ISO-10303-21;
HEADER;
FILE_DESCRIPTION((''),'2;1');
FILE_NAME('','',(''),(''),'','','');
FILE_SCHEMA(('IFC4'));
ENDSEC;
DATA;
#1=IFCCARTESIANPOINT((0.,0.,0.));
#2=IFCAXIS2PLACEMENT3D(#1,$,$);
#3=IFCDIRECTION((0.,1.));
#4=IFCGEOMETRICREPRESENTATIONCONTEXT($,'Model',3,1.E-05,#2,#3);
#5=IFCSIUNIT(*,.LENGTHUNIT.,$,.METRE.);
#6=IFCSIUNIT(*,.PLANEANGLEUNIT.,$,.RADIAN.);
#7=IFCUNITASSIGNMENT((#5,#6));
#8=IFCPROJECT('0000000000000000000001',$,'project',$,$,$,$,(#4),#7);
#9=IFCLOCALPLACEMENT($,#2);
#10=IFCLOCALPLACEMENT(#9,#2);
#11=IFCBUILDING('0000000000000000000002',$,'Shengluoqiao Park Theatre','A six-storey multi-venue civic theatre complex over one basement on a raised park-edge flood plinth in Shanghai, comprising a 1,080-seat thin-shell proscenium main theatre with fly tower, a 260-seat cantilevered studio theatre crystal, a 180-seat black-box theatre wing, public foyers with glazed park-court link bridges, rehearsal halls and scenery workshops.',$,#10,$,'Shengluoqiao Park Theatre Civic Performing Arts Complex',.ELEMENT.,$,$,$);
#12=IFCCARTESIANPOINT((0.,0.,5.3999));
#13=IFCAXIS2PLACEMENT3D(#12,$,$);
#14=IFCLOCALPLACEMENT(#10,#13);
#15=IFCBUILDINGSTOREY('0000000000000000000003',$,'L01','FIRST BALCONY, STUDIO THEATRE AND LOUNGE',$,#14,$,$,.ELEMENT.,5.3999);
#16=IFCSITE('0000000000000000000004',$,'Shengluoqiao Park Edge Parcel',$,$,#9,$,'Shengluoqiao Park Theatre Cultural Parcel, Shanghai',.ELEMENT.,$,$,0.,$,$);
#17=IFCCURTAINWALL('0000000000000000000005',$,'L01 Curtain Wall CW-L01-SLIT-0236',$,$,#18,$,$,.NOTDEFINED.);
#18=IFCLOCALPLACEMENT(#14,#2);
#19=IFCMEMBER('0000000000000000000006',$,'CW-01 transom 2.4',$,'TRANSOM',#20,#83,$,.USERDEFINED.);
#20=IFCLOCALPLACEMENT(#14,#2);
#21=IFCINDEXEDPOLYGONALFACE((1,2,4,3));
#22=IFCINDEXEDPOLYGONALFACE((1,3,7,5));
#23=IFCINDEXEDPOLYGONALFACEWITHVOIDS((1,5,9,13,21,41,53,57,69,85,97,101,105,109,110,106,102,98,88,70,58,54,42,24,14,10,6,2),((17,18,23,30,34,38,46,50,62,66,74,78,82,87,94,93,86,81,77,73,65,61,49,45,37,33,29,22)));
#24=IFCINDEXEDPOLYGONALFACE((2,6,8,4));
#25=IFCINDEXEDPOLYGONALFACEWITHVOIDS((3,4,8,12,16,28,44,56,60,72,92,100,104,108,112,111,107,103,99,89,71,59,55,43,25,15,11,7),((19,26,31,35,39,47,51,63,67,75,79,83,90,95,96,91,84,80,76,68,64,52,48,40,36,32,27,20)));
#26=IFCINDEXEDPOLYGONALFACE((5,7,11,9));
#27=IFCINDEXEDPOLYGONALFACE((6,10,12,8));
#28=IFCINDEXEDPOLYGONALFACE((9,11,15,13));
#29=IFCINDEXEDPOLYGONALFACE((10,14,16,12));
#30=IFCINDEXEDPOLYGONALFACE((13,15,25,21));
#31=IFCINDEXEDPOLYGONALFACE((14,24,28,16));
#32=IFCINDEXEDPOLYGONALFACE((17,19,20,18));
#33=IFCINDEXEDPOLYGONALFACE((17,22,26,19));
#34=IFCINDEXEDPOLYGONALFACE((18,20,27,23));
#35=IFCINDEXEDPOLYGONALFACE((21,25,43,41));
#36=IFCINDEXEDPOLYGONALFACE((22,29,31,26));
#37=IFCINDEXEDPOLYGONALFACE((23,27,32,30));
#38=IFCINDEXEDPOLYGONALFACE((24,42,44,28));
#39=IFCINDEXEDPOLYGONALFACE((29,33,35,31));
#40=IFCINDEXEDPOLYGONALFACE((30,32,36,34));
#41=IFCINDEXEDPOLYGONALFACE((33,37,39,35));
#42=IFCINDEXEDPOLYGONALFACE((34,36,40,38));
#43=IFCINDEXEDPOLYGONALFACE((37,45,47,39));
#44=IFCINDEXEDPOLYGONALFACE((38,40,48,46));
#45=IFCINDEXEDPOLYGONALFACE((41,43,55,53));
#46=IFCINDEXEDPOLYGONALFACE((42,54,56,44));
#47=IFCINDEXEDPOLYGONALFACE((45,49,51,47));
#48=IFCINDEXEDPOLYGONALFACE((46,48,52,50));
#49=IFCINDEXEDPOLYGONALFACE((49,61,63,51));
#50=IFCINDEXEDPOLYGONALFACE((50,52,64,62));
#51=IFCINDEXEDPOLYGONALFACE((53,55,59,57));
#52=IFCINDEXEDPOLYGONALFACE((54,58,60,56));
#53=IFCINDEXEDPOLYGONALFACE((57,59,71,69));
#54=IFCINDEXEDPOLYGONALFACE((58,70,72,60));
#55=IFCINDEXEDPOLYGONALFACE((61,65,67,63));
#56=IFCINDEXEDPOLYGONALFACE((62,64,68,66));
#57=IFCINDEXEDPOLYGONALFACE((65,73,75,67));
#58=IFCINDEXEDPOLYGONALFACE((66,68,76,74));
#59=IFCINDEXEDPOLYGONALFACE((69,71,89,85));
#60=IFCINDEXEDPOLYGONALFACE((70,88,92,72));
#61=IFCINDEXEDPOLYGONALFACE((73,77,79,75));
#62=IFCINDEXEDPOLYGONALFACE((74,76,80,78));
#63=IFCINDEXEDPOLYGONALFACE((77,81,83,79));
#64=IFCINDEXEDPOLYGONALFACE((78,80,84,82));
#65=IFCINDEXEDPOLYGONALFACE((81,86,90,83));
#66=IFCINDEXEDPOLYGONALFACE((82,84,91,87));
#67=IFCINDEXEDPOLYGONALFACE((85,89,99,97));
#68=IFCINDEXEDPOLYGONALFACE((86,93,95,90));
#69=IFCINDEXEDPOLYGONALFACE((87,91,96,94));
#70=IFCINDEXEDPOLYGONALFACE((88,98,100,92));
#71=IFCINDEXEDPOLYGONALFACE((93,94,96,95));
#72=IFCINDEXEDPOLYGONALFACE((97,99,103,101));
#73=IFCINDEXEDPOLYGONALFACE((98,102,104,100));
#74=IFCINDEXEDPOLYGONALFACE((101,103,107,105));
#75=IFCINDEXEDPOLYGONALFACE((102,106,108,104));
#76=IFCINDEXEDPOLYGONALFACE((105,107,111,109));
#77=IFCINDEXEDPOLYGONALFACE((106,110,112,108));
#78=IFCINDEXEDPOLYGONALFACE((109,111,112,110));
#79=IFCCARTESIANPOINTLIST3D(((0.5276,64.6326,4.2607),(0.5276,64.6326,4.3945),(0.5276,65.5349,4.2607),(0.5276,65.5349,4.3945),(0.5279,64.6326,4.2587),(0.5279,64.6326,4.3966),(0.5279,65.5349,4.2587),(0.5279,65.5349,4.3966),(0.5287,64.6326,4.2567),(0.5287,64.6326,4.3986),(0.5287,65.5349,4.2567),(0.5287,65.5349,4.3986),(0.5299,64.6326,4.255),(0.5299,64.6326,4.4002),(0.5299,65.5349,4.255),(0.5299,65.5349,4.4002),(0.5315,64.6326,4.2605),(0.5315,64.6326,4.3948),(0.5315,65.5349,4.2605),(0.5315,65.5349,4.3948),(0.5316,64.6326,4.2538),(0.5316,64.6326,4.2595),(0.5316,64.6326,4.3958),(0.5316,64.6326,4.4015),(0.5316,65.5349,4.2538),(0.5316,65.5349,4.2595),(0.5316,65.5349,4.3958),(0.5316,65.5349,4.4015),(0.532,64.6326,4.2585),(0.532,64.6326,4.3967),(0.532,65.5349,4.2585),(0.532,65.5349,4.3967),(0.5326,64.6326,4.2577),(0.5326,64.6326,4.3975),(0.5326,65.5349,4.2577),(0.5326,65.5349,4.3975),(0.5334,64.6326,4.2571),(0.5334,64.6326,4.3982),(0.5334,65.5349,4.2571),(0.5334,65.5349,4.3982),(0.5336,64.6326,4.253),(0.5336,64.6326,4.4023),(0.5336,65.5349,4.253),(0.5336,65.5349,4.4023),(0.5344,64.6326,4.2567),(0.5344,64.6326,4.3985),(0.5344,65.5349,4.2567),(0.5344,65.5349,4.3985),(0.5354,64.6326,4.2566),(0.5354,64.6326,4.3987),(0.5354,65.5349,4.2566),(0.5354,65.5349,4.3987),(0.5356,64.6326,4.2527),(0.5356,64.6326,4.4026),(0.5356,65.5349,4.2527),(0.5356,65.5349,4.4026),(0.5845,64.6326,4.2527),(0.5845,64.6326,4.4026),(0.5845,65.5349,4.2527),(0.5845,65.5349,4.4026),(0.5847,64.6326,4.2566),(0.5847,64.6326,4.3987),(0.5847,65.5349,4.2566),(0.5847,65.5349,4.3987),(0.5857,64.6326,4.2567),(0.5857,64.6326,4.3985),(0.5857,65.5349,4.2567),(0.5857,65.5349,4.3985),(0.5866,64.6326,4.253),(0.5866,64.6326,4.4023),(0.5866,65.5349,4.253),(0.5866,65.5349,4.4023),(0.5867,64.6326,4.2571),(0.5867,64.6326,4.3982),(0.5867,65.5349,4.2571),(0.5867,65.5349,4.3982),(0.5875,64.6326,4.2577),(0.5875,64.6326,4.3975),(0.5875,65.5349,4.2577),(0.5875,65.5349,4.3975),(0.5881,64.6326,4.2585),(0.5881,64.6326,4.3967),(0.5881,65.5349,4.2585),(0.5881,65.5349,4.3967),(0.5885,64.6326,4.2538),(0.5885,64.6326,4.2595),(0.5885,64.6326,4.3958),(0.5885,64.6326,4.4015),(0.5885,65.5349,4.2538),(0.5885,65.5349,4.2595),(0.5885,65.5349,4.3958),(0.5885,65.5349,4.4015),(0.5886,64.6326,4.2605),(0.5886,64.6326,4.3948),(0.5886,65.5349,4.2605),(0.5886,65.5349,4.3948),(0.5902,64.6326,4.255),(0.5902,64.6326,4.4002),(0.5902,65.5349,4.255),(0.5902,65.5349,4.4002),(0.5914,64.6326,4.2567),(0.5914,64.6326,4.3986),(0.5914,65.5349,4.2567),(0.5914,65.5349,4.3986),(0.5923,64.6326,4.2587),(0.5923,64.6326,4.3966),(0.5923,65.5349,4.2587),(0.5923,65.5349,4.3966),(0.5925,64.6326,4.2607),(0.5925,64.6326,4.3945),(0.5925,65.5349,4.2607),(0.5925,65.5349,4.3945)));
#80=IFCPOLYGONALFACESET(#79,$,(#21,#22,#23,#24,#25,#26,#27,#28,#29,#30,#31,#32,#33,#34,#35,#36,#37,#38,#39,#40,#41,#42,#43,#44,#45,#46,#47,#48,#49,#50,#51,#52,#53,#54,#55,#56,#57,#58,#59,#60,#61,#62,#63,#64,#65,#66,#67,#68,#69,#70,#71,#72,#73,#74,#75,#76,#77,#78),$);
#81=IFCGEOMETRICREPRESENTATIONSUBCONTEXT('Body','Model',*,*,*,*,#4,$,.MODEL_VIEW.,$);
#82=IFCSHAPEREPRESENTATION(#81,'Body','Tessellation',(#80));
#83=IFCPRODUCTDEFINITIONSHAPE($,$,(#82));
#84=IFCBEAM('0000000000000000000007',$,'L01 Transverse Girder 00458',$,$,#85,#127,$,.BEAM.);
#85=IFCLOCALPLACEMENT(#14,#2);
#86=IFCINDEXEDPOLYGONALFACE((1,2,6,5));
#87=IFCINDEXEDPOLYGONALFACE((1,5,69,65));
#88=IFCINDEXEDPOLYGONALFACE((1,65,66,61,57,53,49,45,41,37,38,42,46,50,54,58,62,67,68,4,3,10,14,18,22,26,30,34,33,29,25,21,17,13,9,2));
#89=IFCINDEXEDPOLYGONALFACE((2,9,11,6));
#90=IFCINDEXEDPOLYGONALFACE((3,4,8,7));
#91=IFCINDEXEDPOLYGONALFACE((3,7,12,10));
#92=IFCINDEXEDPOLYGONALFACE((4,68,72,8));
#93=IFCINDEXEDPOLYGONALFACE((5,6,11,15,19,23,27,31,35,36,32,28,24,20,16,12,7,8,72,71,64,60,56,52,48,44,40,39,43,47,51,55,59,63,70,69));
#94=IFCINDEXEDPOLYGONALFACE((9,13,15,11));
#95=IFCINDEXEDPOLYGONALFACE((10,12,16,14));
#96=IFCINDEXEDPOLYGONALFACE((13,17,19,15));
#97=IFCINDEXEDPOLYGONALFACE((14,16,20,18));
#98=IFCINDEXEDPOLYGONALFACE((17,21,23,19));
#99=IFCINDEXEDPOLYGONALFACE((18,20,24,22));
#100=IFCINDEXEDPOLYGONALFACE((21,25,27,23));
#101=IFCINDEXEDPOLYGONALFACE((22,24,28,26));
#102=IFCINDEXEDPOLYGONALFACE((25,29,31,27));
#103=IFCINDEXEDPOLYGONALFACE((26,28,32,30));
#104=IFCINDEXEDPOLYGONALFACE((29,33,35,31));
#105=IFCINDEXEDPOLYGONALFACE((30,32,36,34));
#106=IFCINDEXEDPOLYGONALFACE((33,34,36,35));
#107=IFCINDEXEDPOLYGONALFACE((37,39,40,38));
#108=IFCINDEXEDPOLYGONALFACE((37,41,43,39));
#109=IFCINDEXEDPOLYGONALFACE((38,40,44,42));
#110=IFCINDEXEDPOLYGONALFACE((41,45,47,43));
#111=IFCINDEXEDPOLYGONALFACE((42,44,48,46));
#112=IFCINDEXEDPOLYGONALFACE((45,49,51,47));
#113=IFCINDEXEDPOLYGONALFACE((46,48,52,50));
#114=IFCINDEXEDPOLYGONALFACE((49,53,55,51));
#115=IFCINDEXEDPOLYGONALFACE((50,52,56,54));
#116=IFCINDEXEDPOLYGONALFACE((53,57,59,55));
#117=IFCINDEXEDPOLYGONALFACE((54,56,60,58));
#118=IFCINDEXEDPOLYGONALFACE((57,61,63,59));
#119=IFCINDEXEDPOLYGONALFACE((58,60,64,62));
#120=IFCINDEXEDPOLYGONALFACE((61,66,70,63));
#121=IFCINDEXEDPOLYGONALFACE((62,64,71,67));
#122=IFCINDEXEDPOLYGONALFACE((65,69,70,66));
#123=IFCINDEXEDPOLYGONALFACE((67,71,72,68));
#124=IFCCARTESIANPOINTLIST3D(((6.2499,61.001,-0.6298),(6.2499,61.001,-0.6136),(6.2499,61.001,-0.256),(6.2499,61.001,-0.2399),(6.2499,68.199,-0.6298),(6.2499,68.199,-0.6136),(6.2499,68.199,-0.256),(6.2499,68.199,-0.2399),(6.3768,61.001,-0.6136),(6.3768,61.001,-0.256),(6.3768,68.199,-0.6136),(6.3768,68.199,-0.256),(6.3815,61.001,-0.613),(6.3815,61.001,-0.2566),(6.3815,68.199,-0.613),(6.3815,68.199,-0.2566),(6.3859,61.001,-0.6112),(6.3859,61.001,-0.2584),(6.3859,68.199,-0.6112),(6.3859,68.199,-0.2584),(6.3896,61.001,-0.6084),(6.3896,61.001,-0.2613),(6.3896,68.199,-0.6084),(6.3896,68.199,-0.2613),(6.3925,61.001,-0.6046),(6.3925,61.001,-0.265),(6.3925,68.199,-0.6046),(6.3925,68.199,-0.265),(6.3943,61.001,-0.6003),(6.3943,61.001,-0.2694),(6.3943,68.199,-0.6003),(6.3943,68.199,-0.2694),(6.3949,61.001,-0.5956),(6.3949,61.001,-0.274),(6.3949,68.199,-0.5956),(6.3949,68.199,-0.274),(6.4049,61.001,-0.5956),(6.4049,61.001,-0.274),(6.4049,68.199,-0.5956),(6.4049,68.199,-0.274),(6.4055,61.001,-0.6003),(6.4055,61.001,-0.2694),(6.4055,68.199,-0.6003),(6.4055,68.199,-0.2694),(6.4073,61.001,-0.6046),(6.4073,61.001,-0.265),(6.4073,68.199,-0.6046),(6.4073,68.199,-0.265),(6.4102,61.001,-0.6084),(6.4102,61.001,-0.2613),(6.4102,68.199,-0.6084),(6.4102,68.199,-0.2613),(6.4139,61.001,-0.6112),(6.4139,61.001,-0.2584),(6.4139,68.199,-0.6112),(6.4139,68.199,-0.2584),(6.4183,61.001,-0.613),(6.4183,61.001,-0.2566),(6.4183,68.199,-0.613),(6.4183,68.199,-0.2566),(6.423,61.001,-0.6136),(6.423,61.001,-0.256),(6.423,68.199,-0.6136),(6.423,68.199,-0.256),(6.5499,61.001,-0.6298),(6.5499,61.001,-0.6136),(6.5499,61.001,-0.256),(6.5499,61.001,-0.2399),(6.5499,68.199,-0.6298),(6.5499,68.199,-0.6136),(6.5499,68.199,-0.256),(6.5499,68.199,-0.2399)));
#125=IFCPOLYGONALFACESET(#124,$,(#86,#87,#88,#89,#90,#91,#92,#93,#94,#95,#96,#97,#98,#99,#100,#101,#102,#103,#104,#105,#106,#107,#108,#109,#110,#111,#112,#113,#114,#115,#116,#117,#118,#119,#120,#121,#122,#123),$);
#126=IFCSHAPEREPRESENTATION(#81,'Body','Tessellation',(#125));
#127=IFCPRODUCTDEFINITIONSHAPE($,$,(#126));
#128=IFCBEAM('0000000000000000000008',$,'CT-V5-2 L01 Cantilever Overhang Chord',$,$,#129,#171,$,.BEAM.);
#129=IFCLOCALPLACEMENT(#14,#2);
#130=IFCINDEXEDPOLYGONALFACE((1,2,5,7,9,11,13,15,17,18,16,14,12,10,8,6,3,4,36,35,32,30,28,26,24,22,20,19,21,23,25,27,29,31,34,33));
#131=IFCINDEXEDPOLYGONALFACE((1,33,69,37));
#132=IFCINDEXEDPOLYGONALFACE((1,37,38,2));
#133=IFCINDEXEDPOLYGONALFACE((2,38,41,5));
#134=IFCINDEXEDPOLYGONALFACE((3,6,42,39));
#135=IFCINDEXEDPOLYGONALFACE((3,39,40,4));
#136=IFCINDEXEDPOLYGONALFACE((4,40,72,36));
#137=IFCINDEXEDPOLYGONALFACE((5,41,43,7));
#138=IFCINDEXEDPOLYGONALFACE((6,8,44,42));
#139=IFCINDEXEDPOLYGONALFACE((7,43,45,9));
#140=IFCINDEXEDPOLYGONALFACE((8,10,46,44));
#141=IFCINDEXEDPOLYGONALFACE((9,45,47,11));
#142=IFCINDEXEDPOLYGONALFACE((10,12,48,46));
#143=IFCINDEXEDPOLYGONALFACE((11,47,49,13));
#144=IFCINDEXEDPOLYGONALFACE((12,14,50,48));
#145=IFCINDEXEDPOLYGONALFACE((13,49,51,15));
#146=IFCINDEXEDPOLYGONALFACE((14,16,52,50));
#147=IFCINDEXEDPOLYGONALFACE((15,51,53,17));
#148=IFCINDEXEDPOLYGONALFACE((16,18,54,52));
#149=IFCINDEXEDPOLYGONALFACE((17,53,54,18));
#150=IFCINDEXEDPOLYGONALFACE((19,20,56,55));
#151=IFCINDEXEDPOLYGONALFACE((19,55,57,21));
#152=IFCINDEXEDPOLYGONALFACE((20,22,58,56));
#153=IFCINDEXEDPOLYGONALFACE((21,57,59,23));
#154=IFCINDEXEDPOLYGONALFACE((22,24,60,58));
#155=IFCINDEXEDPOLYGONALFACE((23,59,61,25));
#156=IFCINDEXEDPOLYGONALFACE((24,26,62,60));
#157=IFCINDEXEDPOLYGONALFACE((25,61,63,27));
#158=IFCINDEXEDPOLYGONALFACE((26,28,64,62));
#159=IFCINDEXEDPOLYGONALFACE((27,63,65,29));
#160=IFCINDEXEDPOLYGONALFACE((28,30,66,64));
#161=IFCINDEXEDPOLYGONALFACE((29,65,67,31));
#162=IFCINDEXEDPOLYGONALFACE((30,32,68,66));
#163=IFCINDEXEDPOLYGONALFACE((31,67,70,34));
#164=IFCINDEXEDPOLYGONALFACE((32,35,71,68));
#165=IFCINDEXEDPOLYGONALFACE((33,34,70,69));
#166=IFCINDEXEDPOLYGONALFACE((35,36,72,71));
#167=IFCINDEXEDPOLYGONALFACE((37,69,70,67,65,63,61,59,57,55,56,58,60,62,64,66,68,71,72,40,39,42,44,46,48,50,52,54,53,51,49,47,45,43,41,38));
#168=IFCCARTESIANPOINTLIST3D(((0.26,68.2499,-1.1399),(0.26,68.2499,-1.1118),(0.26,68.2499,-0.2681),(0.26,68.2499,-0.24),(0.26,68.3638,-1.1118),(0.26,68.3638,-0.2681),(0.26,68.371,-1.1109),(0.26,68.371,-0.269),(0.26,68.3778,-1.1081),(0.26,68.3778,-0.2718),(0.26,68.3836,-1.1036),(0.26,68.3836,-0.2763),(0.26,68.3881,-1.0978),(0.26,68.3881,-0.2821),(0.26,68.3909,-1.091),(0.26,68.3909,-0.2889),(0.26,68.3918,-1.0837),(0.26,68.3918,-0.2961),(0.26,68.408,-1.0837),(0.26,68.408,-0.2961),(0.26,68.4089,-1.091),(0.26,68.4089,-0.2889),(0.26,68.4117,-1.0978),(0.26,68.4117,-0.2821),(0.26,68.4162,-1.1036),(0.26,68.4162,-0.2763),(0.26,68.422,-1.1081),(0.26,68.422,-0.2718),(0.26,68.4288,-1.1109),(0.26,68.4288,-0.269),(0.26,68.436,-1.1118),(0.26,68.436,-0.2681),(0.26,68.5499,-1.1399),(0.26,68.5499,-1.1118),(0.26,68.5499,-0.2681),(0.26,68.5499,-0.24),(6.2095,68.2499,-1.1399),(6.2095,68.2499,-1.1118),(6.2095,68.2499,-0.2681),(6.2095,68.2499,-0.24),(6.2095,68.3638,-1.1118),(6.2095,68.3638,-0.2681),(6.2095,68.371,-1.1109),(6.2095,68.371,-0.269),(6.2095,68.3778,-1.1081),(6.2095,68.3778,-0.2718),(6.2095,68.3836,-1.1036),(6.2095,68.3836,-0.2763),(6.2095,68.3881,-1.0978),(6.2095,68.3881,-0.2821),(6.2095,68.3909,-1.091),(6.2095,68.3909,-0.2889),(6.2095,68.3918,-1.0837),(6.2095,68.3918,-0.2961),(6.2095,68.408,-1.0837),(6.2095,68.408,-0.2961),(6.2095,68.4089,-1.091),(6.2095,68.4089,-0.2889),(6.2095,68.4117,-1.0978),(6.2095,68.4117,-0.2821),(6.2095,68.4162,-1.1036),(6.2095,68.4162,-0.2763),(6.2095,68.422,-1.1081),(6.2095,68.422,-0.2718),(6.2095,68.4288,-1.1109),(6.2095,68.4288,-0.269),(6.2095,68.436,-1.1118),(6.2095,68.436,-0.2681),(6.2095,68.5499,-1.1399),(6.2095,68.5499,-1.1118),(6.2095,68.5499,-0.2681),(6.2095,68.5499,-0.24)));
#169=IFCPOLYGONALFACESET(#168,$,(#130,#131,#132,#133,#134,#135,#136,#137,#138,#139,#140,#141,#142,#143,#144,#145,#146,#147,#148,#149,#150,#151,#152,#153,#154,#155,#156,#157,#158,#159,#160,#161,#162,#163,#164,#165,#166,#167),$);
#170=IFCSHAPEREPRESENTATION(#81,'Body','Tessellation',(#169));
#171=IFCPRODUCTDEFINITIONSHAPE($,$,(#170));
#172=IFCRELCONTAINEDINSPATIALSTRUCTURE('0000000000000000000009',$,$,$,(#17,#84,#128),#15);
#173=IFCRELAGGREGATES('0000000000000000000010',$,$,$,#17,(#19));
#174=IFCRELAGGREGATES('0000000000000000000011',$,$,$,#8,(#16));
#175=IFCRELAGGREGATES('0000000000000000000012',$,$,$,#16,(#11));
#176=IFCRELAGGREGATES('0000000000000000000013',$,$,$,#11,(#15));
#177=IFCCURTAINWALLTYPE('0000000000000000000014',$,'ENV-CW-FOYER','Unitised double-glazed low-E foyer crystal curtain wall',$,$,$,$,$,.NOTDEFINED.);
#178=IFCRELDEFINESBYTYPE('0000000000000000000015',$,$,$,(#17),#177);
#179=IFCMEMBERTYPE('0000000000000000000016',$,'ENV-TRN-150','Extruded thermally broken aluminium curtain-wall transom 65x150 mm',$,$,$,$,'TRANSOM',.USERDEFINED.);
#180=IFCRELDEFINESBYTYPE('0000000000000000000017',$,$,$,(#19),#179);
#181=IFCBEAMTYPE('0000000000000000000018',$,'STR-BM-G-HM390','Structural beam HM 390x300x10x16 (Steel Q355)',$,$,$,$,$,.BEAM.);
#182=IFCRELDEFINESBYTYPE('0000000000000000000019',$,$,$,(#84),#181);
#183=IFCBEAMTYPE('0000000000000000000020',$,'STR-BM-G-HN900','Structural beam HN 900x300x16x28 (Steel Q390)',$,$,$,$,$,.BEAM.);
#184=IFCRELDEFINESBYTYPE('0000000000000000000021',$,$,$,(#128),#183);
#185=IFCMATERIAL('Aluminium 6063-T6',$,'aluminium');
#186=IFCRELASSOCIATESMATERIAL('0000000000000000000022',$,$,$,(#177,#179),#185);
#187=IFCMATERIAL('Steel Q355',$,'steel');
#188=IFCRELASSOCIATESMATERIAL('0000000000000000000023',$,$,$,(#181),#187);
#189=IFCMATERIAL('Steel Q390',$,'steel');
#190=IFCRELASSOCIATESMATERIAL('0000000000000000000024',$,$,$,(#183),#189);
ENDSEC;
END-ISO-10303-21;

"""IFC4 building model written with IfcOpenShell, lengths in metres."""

from ifc_helpers import new_model, si_unit, direction, frame, origin, origin_2d, place, context, subcontext, project, spatial, hollow_rectangle, i_section, extrude, material, material_profile, profile_set, type_object, element, aggregate, save


model = new_model("IFC4")

# Units and contexts
model_context = context("Model", 3, precision=1e-05, world=origin(), true_north=direction((0.0, 1.0)))
body_context = subcontext(model_context, "Body", "Model", "MODEL_VIEW")
ifc_project = project(units=[si_unit("LENGTHUNIT", "METRE"), si_unit("PLANEANGLEUNIT", "RADIAN")], contexts=[model_context])

# Site, building, storey
site_placement = place(None, origin())
site = spatial("IfcSite", under=ifc_project, at=site_placement, Name="Shengluoqiao Park Edge Parcel", LongName="Shengluoqiao Park Theatre Cultural Parcel, Shanghai", CompositionType="ELEMENT", RefElevation=0.0)
building_placement = place(site_placement, origin())
building = spatial("IfcBuilding", under=site, at=building_placement, Name="Shengluoqiao Park Theatre", Description="A six-storey multi-venue civic theatre complex over one basement on a raised park-edge flood plinth in Shanghai, comprising a 1,080-seat thin-shell proscenium main theatre with fly tower, a 260-seat cantilevered studio theatre crystal, a 180-seat black-box theatre wing, public foyers with glazed park-court link bridges, rehearsal halls and scenery workshops.", LongName="Shengluoqiao Park Theatre Civic Performing Arts Complex", CompositionType="ELEMENT")
storey_placement = place(building_placement, frame((0.0, 0.0, 5.3999)))
storey = spatial("IfcBuildingStorey", under=building, at=storey_placement, Name="L01", Description="FIRST BALCONY, STUDIO THEATRE AND LOUNGE", CompositionType="ELEMENT", Elevation=5.3999)

# Curtain wall, member
ifc_material_1 = material(Name="Aluminium 6063-T6", Category="aluminium")
curtain_wall_type = type_object("IfcCurtainWallType", Name="ENV-CW-FOYER", Description="Unitised double-glazed low-E foyer crystal curtain wall", PredefinedType="NOTDEFINED", material=ifc_material_1)
curtain_wall_placement = place(storey_placement, origin())
curtain_wall = element("IfcCurtainWall", 1, at=curtain_wall_placement, inside=storey, type_object=curtain_wall_type, Name="L01 Curtain Wall CW-L01-SLIT-0236", PredefinedType="NOTDEFINED")
ifc_material_profile_1 = material_profile(ifc_material_1, hollow_rectangle(XDim=0.0649, YDim=0.1499, WallThickness=0.0039, InnerFilletRadius=0.0039, OuterFilletRadius=0.0081, at=origin_2d()), Name="ALU TRANSOM 150x65x4")
ifc_profile_set_1 = profile_set([ifc_material_profile_1], Name="Aluminium 6063-T6")
member_type_1 = type_object("IfcMemberType", Name="ENV-TRN-150", Description="Extruded thermally broken aluminium curtain-wall transom 65x150 mm", ElementType="TRANSOM", PredefinedType="USERDEFINED", material=ifc_profile_set_1)
member_1_placement = place(storey_placement, frame((0.5601, 64.6326, 4.3276), z_axis=(0.0, 1.0, 0.0), x_axis=(-1.0, 0.0, 0.0)))
member_1 = element("IfcMember", 2, at=member_1_placement, type_object=member_type_1, Name="CW-01 transom 2.4", ObjectType="TRANSOM", PredefinedType="USERDEFINED", context=body_context, shape_type="SweptSolid", body=[
    extrude(hollow_rectangle(XDim=0.0649, YDim=0.1499, WallThickness=0.0039, InnerFilletRadius=0.0039, OuterFilletRadius=0.0081, at=origin_2d()), origin(), (0.0, 0.0, 1.0), 0.9023),
])

# Beams
ifc_material_2 = material(Name="Steel Q355", Category="steel")
ifc_material_profile_2 = material_profile(ifc_material_2, i_section(OverallWidth=0.3, OverallDepth=0.3899, WebThickness=0.01, FlangeThickness=0.0161, FilletRadius=0.0181, at=origin_2d()), Name="HM 390x300x10x16")
ifc_profile_set_2 = profile_set([ifc_material_profile_2], Name="Steel Q355")
beam_type_1 = type_object("IfcBeamType", Name="STR-BM-G-HM390", Description="Structural beam HM 390x300x10x16 (Steel Q355)", PredefinedType="BEAM", material=ifc_profile_set_2)
beam_1_placement = place(storey_placement, frame((6.3999, 61.001, -0.4348), z_axis=(0.0, 1.0, 0.0), x_axis=(-1.0, 0.0, 0.0)))
element("IfcBeam", 3, at=beam_1_placement, inside=storey, type_object=beam_type_1, Name="L01 Transverse Girder 00458", PredefinedType="BEAM", context=body_context, shape_type="SweptSolid", body=[
    extrude(i_section(OverallWidth=0.3, OverallDepth=0.3899, WebThickness=0.01, FlangeThickness=0.0161, FilletRadius=0.0181, at=origin_2d()), origin(), (0.0, 0.0, 1.0), 7.198),
])
ifc_material_3 = material(Name="Steel Q390", Category="steel")
ifc_material_profile_3 = material_profile(ifc_material_3, i_section(OverallWidth=0.3, OverallDepth=0.8999, WebThickness=0.0161, FlangeThickness=0.0281, FilletRadius=0.0281, at=origin_2d()), Name="HN 900x300x16x28")
ifc_profile_set_3 = profile_set([ifc_material_profile_3], Name="Steel Q390")
beam_type_2 = type_object("IfcBeamType", Name="STR-BM-G-HN900", Description="Structural beam HN 900x300x16x28 (Steel Q390)", PredefinedType="BEAM", material=ifc_profile_set_3)
beam_2_placement = place(storey_placement, frame((0.26, 68.3999, -0.6899), z_axis=(1.0, 0.0, 0.0), x_axis=(0.0, 1.0, 0.0)))
element("IfcBeam", 4, at=beam_2_placement, inside=storey, type_object=beam_type_2, Name="CT-V5-2 L01 Cantilever Overhang Chord", PredefinedType="BEAM", context=body_context, shape_type="SweptSolid", body=[
    extrude(i_section(OverallWidth=0.3, OverallDepth=0.8999, WebThickness=0.0161, FlangeThickness=0.0281, FilletRadius=0.0281, at=origin_2d()), origin(), (0.0, 0.0, 1.0), 5.9495),
])

aggregate(curtain_wall, [member_1])

save(model, "model.ifc")
